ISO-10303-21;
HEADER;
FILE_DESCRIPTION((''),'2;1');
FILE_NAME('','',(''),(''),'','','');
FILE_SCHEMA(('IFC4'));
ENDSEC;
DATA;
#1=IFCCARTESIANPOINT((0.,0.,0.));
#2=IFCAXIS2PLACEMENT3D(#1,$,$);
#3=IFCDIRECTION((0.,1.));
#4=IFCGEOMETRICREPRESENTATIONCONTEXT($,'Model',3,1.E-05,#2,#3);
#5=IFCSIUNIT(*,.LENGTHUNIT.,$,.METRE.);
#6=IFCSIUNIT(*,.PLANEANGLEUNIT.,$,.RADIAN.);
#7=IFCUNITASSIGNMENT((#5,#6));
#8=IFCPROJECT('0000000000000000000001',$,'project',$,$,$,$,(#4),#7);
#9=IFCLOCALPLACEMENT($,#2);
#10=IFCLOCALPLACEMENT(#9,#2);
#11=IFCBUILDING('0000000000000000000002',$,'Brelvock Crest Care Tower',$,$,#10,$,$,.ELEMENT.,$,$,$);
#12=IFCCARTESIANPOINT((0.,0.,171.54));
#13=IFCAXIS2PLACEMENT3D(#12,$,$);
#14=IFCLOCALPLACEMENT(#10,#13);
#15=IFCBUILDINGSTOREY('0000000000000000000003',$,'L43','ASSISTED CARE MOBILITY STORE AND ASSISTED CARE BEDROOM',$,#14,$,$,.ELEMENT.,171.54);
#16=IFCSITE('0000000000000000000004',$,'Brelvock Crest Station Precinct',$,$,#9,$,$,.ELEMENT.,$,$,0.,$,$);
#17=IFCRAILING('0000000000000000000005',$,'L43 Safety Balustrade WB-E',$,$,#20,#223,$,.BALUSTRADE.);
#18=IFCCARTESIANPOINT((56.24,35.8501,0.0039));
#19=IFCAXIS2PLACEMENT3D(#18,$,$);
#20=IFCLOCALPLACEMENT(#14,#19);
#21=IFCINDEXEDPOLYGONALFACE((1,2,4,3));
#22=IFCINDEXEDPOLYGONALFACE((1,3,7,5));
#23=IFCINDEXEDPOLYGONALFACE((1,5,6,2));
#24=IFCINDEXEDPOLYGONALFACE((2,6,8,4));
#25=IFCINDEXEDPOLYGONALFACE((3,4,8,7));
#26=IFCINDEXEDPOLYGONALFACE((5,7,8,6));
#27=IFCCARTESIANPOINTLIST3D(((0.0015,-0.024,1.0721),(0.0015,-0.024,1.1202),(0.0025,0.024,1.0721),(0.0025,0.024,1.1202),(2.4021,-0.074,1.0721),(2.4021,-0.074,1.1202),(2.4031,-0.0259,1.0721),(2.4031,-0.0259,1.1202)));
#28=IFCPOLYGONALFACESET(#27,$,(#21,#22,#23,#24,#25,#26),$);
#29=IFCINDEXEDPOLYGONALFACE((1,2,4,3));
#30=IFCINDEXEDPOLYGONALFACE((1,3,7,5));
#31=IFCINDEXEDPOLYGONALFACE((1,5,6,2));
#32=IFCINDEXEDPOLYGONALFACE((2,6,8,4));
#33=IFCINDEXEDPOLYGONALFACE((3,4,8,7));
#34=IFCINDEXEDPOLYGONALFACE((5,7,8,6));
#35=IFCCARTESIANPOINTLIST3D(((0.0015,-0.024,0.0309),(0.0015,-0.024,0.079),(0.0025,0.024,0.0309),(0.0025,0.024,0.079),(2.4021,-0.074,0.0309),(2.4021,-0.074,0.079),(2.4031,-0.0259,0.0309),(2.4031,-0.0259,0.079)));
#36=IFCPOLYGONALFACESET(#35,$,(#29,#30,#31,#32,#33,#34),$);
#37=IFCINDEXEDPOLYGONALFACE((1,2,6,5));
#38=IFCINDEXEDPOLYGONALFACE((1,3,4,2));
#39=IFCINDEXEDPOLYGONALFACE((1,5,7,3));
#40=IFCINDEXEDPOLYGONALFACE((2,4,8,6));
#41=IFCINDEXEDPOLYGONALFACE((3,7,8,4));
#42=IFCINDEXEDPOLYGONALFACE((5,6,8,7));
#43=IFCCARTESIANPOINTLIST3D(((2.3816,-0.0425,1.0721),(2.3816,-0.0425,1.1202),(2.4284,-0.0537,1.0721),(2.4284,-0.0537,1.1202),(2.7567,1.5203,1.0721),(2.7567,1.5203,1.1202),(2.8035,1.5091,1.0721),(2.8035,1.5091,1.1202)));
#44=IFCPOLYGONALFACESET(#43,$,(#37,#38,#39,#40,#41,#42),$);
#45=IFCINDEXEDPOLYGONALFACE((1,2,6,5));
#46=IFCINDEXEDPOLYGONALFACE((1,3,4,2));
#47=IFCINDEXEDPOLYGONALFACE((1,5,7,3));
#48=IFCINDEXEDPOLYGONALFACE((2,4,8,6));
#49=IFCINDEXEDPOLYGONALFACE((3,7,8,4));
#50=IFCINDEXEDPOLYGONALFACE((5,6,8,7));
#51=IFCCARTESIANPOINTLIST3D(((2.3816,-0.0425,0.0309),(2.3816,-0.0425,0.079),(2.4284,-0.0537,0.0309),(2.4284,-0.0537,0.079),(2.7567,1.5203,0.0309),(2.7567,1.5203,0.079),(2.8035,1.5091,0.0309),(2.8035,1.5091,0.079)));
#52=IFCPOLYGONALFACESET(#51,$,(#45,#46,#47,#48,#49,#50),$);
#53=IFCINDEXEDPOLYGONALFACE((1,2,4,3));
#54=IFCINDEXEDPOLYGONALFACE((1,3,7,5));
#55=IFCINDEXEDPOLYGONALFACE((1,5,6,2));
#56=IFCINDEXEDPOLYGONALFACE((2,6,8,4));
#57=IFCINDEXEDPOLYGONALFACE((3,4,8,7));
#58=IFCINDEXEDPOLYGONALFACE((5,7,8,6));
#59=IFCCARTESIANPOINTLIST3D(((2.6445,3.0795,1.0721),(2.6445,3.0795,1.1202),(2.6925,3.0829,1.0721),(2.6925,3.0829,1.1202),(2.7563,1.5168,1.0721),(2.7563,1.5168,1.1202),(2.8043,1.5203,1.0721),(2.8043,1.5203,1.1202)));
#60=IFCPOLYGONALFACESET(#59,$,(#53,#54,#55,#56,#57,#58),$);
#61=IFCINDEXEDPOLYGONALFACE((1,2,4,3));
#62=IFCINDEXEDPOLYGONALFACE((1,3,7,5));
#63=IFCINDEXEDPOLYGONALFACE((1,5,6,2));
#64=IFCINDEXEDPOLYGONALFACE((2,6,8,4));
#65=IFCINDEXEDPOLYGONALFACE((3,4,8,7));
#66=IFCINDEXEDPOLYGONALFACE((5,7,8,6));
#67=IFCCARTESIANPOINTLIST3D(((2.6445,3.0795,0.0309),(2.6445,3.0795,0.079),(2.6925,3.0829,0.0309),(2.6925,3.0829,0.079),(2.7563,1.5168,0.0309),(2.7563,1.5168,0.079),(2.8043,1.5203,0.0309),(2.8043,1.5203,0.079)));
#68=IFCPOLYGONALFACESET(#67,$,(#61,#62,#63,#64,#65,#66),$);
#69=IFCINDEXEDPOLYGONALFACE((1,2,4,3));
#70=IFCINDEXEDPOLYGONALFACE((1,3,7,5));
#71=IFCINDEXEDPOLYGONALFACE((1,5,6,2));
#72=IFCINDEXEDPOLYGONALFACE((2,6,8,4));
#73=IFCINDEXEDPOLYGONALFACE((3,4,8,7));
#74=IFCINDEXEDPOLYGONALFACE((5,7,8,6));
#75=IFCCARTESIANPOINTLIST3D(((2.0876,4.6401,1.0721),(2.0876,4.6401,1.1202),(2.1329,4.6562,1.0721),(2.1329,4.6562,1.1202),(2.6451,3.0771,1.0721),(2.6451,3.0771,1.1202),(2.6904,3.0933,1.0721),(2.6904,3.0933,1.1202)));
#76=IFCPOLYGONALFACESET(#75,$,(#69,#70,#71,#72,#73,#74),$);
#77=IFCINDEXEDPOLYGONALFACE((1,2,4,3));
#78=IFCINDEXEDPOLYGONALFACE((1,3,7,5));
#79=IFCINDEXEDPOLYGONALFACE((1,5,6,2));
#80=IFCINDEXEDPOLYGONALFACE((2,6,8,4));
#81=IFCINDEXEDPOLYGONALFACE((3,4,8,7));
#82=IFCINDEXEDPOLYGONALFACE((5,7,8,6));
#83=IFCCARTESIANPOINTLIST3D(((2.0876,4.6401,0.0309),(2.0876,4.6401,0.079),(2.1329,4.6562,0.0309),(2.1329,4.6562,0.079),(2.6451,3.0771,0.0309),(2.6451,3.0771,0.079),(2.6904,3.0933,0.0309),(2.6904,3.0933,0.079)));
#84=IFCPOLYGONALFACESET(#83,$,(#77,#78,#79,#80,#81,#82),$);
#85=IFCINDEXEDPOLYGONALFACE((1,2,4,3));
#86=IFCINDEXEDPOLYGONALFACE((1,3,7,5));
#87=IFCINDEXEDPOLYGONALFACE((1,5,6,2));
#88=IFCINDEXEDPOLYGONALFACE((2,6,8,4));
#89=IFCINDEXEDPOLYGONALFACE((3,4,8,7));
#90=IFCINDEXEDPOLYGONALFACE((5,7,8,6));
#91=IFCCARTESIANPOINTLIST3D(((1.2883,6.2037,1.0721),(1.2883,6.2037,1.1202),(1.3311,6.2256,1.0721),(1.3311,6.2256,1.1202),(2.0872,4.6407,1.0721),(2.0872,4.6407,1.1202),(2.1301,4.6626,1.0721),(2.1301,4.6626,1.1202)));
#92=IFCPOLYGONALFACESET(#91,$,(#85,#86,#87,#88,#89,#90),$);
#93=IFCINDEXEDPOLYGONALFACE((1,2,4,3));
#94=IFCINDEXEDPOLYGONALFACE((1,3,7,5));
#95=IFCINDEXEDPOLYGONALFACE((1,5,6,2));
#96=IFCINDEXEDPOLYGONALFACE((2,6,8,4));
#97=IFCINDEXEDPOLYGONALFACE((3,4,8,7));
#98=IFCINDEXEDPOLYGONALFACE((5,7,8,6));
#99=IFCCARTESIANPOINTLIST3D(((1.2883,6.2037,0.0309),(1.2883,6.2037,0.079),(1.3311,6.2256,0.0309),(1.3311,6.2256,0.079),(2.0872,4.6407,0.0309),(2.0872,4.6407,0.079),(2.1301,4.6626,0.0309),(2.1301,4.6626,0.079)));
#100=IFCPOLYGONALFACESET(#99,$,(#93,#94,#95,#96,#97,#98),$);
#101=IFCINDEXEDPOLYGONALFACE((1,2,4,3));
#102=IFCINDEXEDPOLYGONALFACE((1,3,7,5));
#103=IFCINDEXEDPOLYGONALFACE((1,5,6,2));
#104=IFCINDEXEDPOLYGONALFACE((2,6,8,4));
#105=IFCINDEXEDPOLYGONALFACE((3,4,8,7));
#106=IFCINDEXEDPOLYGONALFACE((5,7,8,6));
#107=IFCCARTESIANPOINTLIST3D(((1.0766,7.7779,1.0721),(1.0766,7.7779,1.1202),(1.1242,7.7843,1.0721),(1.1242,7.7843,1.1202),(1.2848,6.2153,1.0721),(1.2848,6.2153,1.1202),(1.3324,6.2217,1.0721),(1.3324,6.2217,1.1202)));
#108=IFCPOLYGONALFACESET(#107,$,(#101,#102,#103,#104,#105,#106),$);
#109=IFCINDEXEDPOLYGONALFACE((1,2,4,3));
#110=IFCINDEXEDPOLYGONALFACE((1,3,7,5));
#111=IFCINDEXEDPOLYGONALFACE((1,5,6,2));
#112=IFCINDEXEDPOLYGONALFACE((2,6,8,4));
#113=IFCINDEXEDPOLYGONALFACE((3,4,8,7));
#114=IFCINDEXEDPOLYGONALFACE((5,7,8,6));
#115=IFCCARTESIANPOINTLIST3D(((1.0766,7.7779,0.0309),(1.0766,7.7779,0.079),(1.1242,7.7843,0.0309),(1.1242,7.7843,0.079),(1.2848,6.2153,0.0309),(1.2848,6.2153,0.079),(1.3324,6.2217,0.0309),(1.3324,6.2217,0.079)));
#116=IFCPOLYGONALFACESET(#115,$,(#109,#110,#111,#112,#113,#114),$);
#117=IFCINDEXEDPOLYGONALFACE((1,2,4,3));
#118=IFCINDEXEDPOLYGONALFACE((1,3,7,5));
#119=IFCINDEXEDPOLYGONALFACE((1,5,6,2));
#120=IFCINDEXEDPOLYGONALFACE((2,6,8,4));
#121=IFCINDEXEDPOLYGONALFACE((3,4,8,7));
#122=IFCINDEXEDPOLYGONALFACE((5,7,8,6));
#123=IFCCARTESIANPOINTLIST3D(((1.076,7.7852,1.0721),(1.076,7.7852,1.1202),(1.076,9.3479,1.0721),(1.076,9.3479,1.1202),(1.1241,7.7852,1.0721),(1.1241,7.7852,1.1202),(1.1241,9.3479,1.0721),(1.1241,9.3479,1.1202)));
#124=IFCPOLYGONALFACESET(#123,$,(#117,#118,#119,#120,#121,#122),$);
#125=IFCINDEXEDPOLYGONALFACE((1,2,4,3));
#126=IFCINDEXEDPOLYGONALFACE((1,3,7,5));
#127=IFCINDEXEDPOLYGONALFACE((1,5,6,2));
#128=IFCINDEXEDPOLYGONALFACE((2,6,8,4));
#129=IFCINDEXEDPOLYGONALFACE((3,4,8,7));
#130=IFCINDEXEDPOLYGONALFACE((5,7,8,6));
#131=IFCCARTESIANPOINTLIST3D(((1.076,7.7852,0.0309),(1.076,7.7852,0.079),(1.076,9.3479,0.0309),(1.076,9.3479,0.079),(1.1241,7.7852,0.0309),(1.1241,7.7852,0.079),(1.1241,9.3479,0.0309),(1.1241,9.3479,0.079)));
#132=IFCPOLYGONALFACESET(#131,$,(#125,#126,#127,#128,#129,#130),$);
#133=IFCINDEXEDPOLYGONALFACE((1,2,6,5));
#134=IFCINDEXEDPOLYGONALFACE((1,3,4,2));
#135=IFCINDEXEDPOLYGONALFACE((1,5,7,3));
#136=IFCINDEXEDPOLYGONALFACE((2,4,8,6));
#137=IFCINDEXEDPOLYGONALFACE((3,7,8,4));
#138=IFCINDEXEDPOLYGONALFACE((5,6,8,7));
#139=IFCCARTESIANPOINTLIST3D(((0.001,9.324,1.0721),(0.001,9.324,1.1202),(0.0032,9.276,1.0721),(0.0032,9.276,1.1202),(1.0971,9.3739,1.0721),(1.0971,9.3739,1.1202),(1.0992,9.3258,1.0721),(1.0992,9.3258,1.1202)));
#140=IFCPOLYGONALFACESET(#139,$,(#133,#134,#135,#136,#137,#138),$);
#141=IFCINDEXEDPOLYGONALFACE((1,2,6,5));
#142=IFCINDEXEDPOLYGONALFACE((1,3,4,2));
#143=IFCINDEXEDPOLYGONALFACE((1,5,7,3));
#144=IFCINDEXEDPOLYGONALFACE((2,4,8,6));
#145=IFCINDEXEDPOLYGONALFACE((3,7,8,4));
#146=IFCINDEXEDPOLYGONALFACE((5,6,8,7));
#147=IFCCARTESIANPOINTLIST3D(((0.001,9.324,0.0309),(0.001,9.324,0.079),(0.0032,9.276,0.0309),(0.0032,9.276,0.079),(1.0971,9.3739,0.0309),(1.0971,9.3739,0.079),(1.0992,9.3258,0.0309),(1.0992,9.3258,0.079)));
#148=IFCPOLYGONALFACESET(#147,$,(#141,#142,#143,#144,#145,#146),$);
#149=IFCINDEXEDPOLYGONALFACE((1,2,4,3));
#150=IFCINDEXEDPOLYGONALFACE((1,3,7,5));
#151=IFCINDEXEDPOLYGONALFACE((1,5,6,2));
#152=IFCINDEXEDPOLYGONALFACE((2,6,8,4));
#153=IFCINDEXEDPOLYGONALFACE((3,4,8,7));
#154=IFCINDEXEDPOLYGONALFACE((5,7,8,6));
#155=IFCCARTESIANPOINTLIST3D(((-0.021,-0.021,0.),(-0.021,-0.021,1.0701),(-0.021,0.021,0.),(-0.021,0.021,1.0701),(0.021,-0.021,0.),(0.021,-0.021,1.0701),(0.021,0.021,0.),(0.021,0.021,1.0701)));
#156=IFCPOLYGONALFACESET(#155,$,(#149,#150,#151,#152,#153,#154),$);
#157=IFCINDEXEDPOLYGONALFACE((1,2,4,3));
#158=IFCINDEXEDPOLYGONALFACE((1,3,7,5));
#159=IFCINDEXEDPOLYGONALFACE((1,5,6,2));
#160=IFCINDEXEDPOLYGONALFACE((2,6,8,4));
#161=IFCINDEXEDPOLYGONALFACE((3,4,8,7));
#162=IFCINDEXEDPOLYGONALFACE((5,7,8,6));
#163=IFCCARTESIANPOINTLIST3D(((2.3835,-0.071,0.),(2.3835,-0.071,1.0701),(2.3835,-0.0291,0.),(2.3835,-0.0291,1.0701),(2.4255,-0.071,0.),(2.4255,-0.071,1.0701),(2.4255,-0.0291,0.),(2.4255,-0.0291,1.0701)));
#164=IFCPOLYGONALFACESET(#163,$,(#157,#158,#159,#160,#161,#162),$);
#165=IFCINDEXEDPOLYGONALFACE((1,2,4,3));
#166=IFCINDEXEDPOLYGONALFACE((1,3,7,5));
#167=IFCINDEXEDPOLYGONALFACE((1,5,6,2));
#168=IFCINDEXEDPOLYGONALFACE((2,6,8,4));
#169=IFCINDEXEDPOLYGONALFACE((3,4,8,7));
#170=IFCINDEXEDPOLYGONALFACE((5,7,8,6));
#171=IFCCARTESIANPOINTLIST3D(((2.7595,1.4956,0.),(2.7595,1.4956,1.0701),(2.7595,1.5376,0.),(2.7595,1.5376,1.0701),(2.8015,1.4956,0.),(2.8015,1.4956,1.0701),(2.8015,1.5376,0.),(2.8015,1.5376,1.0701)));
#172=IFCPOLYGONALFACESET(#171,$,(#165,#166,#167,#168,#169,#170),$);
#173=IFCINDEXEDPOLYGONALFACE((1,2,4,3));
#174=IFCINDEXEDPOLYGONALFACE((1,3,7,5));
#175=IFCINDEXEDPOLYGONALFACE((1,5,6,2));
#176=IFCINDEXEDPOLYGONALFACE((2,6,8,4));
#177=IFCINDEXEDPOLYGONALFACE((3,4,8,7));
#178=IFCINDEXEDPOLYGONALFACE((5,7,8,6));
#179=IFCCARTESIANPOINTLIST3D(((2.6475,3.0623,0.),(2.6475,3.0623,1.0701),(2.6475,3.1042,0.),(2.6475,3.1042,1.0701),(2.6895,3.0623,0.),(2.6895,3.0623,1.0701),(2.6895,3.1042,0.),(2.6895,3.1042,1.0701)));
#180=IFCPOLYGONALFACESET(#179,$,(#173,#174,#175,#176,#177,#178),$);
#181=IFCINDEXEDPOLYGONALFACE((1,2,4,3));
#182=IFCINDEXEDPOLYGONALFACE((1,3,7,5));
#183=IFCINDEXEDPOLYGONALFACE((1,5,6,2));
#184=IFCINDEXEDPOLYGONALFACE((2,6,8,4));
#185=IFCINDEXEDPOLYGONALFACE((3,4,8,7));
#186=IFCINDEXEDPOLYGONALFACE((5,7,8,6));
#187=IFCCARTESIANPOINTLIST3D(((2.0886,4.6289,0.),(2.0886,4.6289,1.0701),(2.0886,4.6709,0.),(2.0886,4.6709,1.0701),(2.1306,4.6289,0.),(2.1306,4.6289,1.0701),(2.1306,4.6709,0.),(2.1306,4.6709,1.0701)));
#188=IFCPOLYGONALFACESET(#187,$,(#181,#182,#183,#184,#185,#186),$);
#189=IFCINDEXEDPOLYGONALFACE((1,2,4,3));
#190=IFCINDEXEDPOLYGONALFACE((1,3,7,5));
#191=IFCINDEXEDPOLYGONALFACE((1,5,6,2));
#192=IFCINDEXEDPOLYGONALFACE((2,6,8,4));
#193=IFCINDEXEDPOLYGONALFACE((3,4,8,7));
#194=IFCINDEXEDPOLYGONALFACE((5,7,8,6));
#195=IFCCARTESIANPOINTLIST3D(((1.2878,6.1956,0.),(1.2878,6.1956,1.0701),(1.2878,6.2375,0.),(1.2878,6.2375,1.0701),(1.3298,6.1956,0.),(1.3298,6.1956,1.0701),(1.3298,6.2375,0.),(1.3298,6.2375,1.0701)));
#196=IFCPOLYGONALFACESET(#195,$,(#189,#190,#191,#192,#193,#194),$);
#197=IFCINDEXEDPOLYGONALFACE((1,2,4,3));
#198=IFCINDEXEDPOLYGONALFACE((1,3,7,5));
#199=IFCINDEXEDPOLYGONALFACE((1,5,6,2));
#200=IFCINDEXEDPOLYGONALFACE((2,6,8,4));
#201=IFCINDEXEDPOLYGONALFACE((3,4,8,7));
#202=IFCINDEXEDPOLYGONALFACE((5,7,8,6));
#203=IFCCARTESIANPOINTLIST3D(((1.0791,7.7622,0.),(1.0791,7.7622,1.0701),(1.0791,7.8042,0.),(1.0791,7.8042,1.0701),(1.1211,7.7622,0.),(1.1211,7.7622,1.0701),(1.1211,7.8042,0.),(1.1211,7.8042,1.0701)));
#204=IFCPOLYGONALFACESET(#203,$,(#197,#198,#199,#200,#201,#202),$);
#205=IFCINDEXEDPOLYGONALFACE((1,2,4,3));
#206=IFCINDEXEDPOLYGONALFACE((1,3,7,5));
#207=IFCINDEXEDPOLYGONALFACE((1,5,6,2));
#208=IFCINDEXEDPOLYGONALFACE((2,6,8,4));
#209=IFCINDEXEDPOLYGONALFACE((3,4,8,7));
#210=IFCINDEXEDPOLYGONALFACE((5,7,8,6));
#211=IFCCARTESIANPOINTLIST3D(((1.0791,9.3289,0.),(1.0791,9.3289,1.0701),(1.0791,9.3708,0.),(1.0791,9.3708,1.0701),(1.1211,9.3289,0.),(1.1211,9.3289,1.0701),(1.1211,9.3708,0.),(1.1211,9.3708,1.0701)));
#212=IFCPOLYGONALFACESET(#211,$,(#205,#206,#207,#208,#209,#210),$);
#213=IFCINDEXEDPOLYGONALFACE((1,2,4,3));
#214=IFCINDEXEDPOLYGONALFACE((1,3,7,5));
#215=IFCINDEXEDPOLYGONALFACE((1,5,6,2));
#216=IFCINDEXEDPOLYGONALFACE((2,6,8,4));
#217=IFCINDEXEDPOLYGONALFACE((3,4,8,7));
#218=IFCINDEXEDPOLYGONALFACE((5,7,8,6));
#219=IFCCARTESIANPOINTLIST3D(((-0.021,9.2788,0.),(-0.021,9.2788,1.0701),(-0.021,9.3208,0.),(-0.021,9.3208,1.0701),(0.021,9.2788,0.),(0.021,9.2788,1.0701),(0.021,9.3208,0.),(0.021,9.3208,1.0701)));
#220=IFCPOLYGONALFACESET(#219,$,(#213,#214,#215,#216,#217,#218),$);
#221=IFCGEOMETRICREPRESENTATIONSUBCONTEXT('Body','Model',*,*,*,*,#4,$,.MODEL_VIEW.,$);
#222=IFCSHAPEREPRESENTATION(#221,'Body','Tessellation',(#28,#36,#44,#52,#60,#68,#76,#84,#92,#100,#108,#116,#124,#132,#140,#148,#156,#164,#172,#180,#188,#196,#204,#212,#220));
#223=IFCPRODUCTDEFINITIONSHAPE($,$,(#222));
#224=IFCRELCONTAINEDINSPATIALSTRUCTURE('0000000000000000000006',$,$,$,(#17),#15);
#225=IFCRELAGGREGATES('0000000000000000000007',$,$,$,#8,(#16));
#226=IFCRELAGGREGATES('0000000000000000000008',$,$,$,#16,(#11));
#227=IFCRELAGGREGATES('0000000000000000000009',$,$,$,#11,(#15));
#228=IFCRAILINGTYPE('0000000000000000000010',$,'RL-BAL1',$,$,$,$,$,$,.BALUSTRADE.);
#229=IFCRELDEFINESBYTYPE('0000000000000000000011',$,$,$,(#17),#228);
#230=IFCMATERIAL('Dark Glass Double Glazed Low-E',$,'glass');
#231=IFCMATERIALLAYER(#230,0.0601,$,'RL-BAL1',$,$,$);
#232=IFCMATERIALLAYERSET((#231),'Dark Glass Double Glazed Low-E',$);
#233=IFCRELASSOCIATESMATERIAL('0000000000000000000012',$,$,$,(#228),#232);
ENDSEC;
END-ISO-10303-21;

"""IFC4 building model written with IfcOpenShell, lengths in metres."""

from ifc_helpers import new_model, si_unit, direction, frame, origin, origin_2d, place, context, subcontext, project, spatial, rectangle, extrude, material, layer, layer_set, type_object, element, save


model = new_model("IFC4")

# Units and contexts
model_context = context("Model", 3, precision=1e-05, world=origin(), true_north=direction((0.0, 1.0)))
body_context = subcontext(model_context, "Body", "Model", "MODEL_VIEW")
ifc_project = project(units=[si_unit("LENGTHUNIT", "METRE"), si_unit("PLANEANGLEUNIT", "RADIAN")], contexts=[model_context])

# Site, building, storey
site_placement = place(None, origin())
site = spatial("IfcSite", under=ifc_project, at=site_placement, Name="Brelvock Crest Station Precinct", CompositionType="ELEMENT", RefElevation=0.0)
building_placement = place(site_placement, origin())
building = spatial("IfcBuilding", under=site, at=building_placement, Name="Brelvock Crest Care Tower", CompositionType="ELEMENT")
storey_placement = place(building_placement, frame((0.0, 0.0, 171.54)))
storey = spatial("IfcBuildingStorey", under=building, at=storey_placement, Name="L43", Description="ASSISTED CARE MOBILITY STORE AND ASSISTED CARE BEDROOM", CompositionType="ELEMENT", Elevation=171.54)

# Shared definitions
ifc_material_1 = material(Name="Dark Glass Double Glazed Low-E", Category="glass")

# Railing
ifc_layer_1 = layer(ifc_material_1, 0.0601, Name="RL-BAL1")
ifc_layer_set_1 = layer_set([ifc_layer_1], Name="Dark Glass Double Glazed Low-E")
railing_type = type_object("IfcRailingType", Name="RL-BAL1", PredefinedType="BALUSTRADE", material=ifc_layer_set_1)
railing_placement = place(storey_placement, frame((56.24, 35.8501, 0.0039)))
element("IfcRailing", 1, at=railing_placement, inside=storey, type_object=railing_type, Name="L43 Safety Balustrade WB-E", PredefinedType="BALUSTRADE", context=body_context, shape_type="SweptSolid", body=[
    extrude(rectangle(XDim=0.0481, YDim=0.0481, at=origin_2d()), frame((0.002, 0.0, 1.0962), z_axis=(0.999783, -0.02081, 0.0), x_axis=(0.02081, 0.999783, 0.0)), (0.0, 0.0, 1.0), 2.4011),
    extrude(rectangle(XDim=0.0481, YDim=0.0481, at=origin_2d()), frame((0.002, 0.0, 0.0549), z_axis=(0.999783, -0.02081, 0.0), x_axis=(0.02081, 0.999783, 0.0)), (0.0, 0.0, 1.0), 2.4011),
    extrude(rectangle(XDim=0.0481, YDim=0.0481, at=origin_2d()), frame((2.405, -0.0481, 1.0962), z_axis=(0.233361, 0.97239, 0.0), x_axis=(-0.97239, 0.233361, 0.0)), (0.0, 0.0, 1.0), 1.6072),
    extrude(rectangle(XDim=0.0481, YDim=0.0481, at=origin_2d()), frame((2.405, -0.0481, 0.0549), z_axis=(0.233361, 0.97239, 0.0), x_axis=(-0.97239, 0.233361, 0.0)), (0.0, 0.0, 1.0), 1.6072),
    extrude(rectangle(XDim=0.0481, YDim=0.0481, at=origin_2d()), frame((2.7803, 1.5186, 1.0962), z_axis=(-0.071346, 0.997452, 0.0), x_axis=(-0.997452, -0.071346, 0.0)), (0.0, 0.0, 1.0), 1.5667),
    extrude(rectangle(XDim=0.0481, YDim=0.0481, at=origin_2d()), frame((2.7803, 1.5186, 0.0549), z_axis=(-0.071346, 0.997452, 0.0), x_axis=(-0.997452, -0.071346, 0.0)), (0.0, 0.0, 1.0), 1.5667),
    extrude(rectangle(XDim=0.0481, YDim=0.0481, at=origin_2d()), frame((2.6677, 3.0852, 1.0962), z_axis=(-0.335974, 0.941871, 0.0), x_axis=(-0.941871, -0.335974, 0.0)), (0.0, 0.0, 1.0), 1.6594),
    extrude(rectangle(XDim=0.0481, YDim=0.0481, at=origin_2d()), frame((2.6677, 3.0852, 0.0549), z_axis=(-0.335974, 0.941871, 0.0), x_axis=(-0.941871, -0.335974, 0.0)), (0.0, 0.0, 1.0), 1.6594),
    extrude(rectangle(XDim=0.0481, YDim=0.0481, at=origin_2d()), frame((2.1086, 4.6516, 1.0962), z_axis=(-0.455133, 0.890423, 0.0), x_axis=(-0.890423, -0.455133, 0.0)), (0.0, 0.0, 1.0), 1.7554),
    extrude(rectangle(XDim=0.0481, YDim=0.0481, at=origin_2d()), frame((2.1086, 4.6516, 0.0549), z_axis=(-0.455133, 0.890423, 0.0), x_axis=(-0.890423, -0.455133, 0.0)), (0.0, 0.0, 1.0), 1.7554),
    extrude(rectangle(XDim=0.0481, YDim=0.0481, at=origin_2d()), frame((1.3086, 6.2185, 1.0962), z_axis=(-0.132073, 0.99124, 0.0), x_axis=(-0.99124, -0.132073, 0.0)), (0.0, 0.0, 1.0), 1.5764),
    extrude(rectangle(XDim=0.0481, YDim=0.0481, at=origin_2d()), frame((1.3086, 6.2185, 0.0549), z_axis=(-0.132073, 0.99124, 0.0), x_axis=(-0.99124, -0.132073, 0.0)), (0.0, 0.0, 1.0), 1.5764),
    extrude(rectangle(XDim=0.0481, YDim=0.0481, at=origin_2d()), frame((1.1001, 7.7852, 1.0962), z_axis=(0.0, 1.0, 0.0), x_axis=(-1.0, 0.0, 0.0)), (0.0, 0.0, 1.0), 1.5627),
    extrude(rectangle(XDim=0.0481, YDim=0.0481, at=origin_2d()), frame((1.1001, 7.7852, 0.0549), z_axis=(0.0, 1.0, 0.0), x_axis=(-1.0, 0.0, 0.0)), (0.0, 0.0, 1.0), 1.5627),
    extrude(rectangle(XDim=0.0481, YDim=0.0481, at=origin_2d()), frame((1.0981, 9.3499, 1.0962), z_axis=(-0.998967, -0.045448, 0.0), x_axis=(0.045448, -0.998967, 0.0)), (0.0, 0.0, 1.0), 1.0972),
    extrude(rectangle(XDim=0.0481, YDim=0.0481, at=origin_2d()), frame((1.0981, 9.3499, 0.0549), z_axis=(-0.998967, -0.045448, 0.0), x_axis=(0.045448, -0.998967, 0.0)), (0.0, 0.0, 1.0), 1.0972),
    extrude(rectangle(XDim=0.042, YDim=0.042, at=origin_2d()), origin(), (0.0, 0.0, 1.0), 1.0701),
    extrude(rectangle(XDim=0.042, YDim=0.042, at=origin_2d()), frame((2.4045, -0.05, 0.0)), (0.0, 0.0, 1.0), 1.0701),
    extrude(rectangle(XDim=0.042, YDim=0.042, at=origin_2d()), frame((2.7805, 1.5166, 0.0)), (0.0, 0.0, 1.0), 1.0701),
    extrude(rectangle(XDim=0.042, YDim=0.042, at=origin_2d()), frame((2.6685, 3.0833, 0.0)), (0.0, 0.0, 1.0), 1.0701),
    extrude(rectangle(XDim=0.042, YDim=0.042, at=origin_2d()), frame((2.1096, 4.6499, 0.0)), (0.0, 0.0, 1.0), 1.0701),
    extrude(rectangle(XDim=0.042, YDim=0.042, at=origin_2d()), frame((1.3088, 6.2166, 0.0)), (0.0, 0.0, 1.0), 1.0701),
    extrude(rectangle(XDim=0.042, YDim=0.042, at=origin_2d()), frame((1.1001, 7.7832, 0.0)), (0.0, 0.0, 1.0), 1.0701),
    extrude(rectangle(XDim=0.042, YDim=0.042, at=origin_2d()), frame((1.1001, 9.3499, 0.0)), (0.0, 0.0, 1.0), 1.0701),
    extrude(rectangle(XDim=0.042, YDim=0.042, at=origin_2d()), frame((0.0, 9.2998, 0.0)), (0.0, 0.0, 1.0), 1.0701),
])

save(model, "model.ifc")
